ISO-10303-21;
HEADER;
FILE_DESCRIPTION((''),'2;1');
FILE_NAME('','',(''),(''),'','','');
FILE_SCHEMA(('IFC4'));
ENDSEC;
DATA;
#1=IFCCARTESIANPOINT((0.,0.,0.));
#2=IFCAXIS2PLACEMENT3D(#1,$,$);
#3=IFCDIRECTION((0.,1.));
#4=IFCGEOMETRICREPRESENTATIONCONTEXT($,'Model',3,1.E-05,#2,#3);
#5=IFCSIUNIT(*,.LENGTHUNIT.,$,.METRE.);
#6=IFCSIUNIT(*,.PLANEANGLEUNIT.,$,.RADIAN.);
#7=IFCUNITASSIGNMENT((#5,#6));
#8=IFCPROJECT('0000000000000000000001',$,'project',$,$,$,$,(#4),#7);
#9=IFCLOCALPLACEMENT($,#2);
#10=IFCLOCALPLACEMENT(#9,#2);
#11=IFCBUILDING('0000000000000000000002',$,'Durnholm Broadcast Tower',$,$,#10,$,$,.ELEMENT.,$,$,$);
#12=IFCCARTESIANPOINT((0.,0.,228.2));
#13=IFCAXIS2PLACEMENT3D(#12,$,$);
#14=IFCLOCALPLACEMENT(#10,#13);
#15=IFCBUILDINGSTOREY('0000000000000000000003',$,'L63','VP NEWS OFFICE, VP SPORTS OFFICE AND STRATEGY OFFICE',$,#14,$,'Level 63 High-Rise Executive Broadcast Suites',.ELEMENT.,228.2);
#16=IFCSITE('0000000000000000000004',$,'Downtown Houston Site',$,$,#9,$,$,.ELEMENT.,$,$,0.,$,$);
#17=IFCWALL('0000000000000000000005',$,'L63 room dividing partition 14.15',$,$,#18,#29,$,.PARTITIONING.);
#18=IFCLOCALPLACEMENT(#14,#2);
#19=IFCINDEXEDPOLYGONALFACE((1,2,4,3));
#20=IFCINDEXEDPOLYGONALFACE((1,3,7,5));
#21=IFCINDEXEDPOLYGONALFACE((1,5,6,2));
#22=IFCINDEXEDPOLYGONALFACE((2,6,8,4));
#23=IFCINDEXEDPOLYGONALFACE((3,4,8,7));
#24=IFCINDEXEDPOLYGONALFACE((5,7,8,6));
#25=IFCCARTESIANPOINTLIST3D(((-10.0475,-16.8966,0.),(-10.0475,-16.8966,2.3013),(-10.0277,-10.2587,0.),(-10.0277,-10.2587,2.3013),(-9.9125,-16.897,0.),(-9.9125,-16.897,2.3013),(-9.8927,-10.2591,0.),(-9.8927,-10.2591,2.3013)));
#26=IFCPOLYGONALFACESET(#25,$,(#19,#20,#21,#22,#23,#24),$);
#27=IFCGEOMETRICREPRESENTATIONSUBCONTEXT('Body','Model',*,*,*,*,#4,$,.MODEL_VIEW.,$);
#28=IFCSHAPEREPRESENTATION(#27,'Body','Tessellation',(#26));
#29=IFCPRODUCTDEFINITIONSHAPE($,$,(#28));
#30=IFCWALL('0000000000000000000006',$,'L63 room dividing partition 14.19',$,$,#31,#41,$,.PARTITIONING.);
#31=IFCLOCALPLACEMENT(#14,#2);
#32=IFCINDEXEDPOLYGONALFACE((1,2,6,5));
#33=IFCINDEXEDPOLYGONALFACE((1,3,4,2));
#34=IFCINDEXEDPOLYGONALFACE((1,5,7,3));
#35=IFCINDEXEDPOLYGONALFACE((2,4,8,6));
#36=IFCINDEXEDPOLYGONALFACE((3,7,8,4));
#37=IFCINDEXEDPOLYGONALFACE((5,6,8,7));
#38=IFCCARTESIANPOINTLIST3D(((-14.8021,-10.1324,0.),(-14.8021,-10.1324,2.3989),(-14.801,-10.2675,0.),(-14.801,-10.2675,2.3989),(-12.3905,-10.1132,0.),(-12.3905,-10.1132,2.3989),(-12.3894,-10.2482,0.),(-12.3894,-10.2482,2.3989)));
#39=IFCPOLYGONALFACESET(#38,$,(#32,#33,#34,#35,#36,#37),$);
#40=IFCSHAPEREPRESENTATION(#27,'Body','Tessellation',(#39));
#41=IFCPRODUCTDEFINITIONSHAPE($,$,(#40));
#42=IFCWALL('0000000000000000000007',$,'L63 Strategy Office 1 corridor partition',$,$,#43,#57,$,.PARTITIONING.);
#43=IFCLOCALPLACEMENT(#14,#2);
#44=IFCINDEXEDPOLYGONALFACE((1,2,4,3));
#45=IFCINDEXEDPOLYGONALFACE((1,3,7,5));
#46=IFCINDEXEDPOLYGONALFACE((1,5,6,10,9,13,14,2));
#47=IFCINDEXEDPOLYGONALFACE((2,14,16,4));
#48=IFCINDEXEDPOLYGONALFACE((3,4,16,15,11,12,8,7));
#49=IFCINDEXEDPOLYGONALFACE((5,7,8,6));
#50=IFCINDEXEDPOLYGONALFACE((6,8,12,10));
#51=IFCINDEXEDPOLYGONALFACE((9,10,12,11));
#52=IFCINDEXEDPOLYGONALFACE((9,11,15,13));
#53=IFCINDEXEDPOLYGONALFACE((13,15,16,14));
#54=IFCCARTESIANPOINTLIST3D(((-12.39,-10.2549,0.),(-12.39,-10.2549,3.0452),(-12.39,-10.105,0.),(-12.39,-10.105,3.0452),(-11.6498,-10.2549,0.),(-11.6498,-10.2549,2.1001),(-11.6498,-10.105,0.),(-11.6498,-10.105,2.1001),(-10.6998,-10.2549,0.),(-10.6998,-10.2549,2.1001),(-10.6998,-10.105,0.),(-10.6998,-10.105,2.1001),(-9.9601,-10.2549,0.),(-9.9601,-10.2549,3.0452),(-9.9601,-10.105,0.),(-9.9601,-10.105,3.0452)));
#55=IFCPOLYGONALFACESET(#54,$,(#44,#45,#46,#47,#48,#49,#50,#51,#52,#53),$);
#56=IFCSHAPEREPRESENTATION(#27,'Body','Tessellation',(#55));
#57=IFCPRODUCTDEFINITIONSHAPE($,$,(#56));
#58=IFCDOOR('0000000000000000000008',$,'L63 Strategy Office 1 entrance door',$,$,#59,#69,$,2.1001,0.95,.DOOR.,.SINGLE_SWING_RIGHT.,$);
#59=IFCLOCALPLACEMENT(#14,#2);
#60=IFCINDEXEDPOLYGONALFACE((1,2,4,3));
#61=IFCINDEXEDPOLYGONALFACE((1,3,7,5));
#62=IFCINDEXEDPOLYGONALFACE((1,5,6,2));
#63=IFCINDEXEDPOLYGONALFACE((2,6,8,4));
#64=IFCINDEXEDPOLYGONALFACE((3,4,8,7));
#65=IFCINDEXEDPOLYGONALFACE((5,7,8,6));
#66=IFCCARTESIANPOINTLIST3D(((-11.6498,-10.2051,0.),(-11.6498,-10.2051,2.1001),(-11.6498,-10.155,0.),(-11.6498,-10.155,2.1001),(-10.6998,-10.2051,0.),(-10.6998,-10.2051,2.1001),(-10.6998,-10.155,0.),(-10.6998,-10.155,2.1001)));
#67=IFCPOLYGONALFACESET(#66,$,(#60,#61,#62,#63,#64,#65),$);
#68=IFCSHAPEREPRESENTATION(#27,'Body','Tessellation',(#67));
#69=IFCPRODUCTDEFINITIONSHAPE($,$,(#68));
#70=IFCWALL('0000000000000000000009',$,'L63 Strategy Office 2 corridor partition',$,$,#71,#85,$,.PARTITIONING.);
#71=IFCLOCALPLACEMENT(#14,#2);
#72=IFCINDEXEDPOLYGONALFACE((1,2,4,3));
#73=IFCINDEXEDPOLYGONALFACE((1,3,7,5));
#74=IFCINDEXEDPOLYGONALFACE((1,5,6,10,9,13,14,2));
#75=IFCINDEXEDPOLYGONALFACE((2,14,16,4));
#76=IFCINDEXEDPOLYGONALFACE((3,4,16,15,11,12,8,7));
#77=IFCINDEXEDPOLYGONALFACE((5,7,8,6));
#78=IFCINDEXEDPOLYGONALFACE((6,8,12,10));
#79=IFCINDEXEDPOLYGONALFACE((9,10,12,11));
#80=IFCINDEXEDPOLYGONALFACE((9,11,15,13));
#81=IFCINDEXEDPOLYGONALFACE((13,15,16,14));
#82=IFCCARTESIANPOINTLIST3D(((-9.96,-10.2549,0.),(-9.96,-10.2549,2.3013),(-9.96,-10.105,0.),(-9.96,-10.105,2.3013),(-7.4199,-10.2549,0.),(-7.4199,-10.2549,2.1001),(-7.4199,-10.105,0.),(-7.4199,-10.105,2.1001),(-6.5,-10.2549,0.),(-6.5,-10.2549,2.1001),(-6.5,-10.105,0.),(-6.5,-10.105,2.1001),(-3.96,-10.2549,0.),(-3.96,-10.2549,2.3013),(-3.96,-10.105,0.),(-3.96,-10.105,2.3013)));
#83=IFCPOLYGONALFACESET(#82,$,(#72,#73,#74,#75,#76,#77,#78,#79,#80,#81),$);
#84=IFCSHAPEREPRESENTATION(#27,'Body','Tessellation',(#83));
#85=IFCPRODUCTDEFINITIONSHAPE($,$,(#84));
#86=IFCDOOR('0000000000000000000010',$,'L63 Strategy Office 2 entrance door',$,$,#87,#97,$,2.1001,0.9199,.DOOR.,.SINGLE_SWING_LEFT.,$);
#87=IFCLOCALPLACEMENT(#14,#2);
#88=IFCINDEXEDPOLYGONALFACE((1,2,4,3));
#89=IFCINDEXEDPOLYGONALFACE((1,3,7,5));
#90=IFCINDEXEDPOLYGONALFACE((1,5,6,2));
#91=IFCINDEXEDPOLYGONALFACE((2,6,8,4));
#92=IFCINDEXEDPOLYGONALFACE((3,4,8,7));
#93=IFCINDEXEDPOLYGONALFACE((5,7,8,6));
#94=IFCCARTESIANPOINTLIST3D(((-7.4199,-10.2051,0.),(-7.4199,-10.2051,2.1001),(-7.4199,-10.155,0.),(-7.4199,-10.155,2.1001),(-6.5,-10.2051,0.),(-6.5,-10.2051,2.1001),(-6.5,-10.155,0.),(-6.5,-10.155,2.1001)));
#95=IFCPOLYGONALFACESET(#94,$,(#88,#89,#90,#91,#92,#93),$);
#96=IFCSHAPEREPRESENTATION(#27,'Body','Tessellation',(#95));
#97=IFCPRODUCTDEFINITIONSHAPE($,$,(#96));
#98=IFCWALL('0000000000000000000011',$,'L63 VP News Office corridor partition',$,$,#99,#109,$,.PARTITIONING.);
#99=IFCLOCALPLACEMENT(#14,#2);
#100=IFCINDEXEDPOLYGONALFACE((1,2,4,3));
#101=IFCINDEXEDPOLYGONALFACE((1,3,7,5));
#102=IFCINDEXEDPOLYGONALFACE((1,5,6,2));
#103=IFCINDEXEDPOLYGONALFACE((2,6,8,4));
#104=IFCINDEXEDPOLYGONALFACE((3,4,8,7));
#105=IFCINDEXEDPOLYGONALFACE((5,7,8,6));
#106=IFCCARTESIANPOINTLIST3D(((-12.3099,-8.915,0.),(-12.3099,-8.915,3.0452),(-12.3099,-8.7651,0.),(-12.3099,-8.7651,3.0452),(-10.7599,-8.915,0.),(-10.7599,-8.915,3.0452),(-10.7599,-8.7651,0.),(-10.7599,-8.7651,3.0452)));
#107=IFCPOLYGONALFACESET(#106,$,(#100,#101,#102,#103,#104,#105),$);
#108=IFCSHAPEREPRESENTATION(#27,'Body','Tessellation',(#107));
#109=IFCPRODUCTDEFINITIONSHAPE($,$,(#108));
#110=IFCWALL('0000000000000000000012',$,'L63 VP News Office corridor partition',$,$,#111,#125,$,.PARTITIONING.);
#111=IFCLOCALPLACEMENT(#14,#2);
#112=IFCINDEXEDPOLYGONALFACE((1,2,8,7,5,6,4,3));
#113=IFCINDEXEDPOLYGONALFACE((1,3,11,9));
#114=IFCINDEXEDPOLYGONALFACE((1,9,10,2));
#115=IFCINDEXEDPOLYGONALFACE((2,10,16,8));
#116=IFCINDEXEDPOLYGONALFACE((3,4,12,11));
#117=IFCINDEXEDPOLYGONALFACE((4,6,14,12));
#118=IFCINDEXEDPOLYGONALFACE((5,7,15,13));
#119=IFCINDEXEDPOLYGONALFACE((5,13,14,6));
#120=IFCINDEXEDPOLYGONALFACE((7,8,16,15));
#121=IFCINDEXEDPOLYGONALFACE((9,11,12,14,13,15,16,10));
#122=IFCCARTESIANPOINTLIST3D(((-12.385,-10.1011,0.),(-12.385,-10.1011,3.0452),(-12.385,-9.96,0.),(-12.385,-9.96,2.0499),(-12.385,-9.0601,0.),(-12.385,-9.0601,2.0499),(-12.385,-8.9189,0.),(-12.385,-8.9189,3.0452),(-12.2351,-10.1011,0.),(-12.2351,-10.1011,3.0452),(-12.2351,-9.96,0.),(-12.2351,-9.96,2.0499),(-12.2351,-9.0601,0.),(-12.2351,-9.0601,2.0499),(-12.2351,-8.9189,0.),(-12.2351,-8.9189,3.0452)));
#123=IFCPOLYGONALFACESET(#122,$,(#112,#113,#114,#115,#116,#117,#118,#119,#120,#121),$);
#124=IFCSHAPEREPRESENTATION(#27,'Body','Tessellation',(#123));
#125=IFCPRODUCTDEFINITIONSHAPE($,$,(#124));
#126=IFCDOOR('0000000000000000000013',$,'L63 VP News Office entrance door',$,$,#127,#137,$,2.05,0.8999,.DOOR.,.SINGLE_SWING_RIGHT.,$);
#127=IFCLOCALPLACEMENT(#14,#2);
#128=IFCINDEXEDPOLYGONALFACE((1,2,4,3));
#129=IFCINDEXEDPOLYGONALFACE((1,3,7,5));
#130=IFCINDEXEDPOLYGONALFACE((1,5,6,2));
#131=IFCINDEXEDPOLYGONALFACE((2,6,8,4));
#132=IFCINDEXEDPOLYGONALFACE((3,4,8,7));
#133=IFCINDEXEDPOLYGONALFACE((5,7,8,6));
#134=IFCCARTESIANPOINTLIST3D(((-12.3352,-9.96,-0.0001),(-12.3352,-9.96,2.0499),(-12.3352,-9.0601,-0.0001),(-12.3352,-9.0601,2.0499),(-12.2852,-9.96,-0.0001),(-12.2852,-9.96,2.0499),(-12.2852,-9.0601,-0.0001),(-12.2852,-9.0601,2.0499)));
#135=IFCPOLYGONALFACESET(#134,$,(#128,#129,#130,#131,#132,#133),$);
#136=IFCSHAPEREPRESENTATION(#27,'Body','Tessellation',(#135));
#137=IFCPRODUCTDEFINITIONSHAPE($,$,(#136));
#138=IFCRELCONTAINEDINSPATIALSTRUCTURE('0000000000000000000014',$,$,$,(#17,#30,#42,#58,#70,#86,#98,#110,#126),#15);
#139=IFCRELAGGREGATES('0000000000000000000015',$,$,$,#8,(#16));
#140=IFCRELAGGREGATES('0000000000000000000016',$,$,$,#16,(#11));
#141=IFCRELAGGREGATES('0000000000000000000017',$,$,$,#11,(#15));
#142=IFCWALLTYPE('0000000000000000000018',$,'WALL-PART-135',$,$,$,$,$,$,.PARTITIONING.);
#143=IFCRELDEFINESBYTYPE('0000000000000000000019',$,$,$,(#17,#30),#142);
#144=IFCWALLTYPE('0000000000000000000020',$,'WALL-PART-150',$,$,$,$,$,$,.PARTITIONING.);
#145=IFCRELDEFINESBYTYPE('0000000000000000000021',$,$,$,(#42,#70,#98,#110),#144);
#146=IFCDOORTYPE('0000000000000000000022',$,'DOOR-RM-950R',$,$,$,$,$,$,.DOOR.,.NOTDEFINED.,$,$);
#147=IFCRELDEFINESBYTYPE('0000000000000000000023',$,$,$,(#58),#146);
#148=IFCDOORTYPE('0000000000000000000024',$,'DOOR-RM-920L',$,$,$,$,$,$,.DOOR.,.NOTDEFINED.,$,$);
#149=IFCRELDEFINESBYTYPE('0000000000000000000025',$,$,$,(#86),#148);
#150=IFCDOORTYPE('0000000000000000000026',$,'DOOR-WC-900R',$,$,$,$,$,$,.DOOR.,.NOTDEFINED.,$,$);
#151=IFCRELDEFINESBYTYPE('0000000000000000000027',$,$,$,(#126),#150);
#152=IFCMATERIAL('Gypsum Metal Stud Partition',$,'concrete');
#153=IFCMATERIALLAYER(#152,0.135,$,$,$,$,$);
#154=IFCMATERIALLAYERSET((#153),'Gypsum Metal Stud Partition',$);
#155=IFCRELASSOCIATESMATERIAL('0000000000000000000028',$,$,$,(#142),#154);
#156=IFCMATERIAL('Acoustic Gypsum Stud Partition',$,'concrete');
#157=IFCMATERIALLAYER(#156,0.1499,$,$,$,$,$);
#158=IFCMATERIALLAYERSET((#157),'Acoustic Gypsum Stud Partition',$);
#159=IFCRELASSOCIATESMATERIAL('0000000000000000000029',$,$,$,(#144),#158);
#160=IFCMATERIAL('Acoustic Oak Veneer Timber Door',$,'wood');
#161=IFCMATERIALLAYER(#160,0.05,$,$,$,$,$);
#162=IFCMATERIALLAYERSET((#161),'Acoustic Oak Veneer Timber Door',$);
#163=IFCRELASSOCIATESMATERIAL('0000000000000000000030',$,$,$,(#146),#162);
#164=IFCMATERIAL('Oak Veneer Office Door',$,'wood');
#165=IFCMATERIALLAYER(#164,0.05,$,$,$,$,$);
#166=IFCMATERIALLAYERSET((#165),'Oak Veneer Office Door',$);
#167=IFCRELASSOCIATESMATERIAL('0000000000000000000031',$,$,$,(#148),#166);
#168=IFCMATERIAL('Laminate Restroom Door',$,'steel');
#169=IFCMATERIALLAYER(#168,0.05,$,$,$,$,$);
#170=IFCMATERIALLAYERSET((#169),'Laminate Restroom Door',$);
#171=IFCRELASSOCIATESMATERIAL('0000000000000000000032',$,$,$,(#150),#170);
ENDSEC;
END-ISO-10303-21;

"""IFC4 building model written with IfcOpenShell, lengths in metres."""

from ifc_helpers import new_model, si_unit, direction, frame, frame_2d, origin, place, context, subcontext, project, spatial, rectangle, extrude, source, transform, mapped, material, layer, layer_set, type_object, type_shapes, element, fill, save


model = new_model("IFC4")

# Units and contexts
model_context = context("Model", 3, precision=1e-05, world=origin(), true_north=direction((0.0, 1.0)))
body_context = subcontext(model_context, "Body", "Model", "MODEL_VIEW")
ifc_project = project(units=[si_unit("LENGTHUNIT", "METRE"), si_unit("PLANEANGLEUNIT", "RADIAN")], contexts=[model_context])

# Site, building, storey
site_placement = place(None, origin())
site = spatial("IfcSite", under=ifc_project, at=site_placement, Name="Downtown Houston Site", CompositionType="ELEMENT", RefElevation=0.0)
building_placement = place(site_placement, origin())
building = spatial("IfcBuilding", under=site, at=building_placement, Name="Durnholm Broadcast Tower", CompositionType="ELEMENT")
storey_placement = place(building_placement, frame((0.0, 0.0, 228.2)))
storey = spatial("IfcBuildingStorey", under=building, at=storey_placement, Name="L63", Description="VP NEWS OFFICE, VP SPORTS OFFICE AND STRATEGY OFFICE", LongName="Level 63 High-Rise Executive Broadcast Suites", CompositionType="ELEMENT", Elevation=228.2)

# Walls
ifc_material_1 = material(Name="Gypsum Metal Stud Partition", Category="concrete")
ifc_layer_1 = layer(ifc_material_1, 0.135)
ifc_layer_set_1 = layer_set([ifc_layer_1], Name="Gypsum Metal Stud Partition")
wall_type_1 = type_object("IfcWallType", Name="WALL-PART-135", PredefinedType="PARTITIONING", material=ifc_layer_set_1)
wall_1_placement = place(storey_placement, frame((-9.9602, -10.259, 0.0), z_axis=(0.0, 0.0, 1.0), x_axis=(-0.002979, -0.999996, 0.0)))
element("IfcWall", 1, at=wall_1_placement, inside=storey, type_object=wall_type_1, Name="L63 room dividing partition 14.15", PredefinedType="PARTITIONING", context=body_context, shape_type="SweptSolid", body=[
    extrude(rectangle(XDim=6.6379, YDim=0.135, at=frame_2d((3.3188, 0.0))), origin(), (0.0, 0.0, 1.0), 2.3013),
])
wall_2_placement = place(storey_placement, frame((-14.8015, -10.2, 0.0), z_axis=(0.0, 0.0, 1.0), x_axis=(0.999968, 0.007997, 0.0)))
element("IfcWall", 2, at=wall_2_placement, inside=storey, type_object=wall_type_1, Name="L63 room dividing partition 14.19", PredefinedType="PARTITIONING", context=body_context, shape_type="SweptSolid", body=[
    extrude(rectangle(XDim=2.4116, YDim=0.135, at=frame_2d((1.2058, 0.0))), origin(), (0.0, 0.0, 1.0), 2.3989),
])

# Walls, openings, doors
ifc_material_2 = material(Name="Acoustic Gypsum Stud Partition", Category="concrete")
ifc_layer_2 = layer(ifc_material_2, 0.1499)
ifc_layer_set_2 = layer_set([ifc_layer_2], Name="Acoustic Gypsum Stud Partition")
wall_type_2 = type_object("IfcWallType", Name="WALL-PART-150", PredefinedType="PARTITIONING", material=ifc_layer_set_2)
wall_3_placement = place(storey_placement, frame((-12.3899, -10.1799, 0.0), z_axis=(0.0, 0.0, 1.0), x_axis=(1.0, 0.0, 0.0)))
wall_3 = element("IfcWall", 3, at=wall_3_placement, inside=storey, type_object=wall_type_2, Name="L63 Strategy Office 1 corridor partition", PredefinedType="PARTITIONING", context=body_context, shape_type="SweptSolid", body=[
    extrude(rectangle(XDim=2.4299, YDim=0.1499, at=frame_2d((1.2148, 0.0))), origin(), (0.0, 0.0, 1.0), 3.0452),
])
opening_1_placement = place(wall_3_placement, frame((0.74, 0.0, 0.0)))
opening_1 = element("IfcOpeningElement", 4, at=opening_1_placement, cuts=wall_3, PredefinedType="OPENING", context=body_context, shape_type="SweptSolid", body=[
    extrude(rectangle(XDim=0.95, YDim=2.1001, at=frame_2d((0.4751, 1.05))), frame((0.0, 0.085, 0.0), z_axis=(0.0, -1.0, 0.0), x_axis=(1.0, 0.0, 0.0)), (0.0, 0.0, 1.0), 0.1699),
])
ifc_material_3 = material(Name="Acoustic Oak Veneer Timber Door", Category="wood")
ifc_layer_3 = layer(ifc_material_3, 0.05)
ifc_layer_set_3 = layer_set([ifc_layer_3], Name="Acoustic Oak Veneer Timber Door")
door_type_1 = type_object("IfcDoorType", Name="DOOR-RM-950R", OperationType="NOTDEFINED", PredefinedType="DOOR", material=ifc_layer_set_3)
shared_shape_1 = source(origin(), body_context, "Body", "SweptSolid", [
    extrude(rectangle(XDim=0.95, YDim=2.1001, at=frame_2d((0.4751, 1.05))), frame((0.0, 0.0249, 0.0), z_axis=(0.0, -1.0, 0.0), x_axis=(1.0, 0.0, 0.0)), (0.0, 0.0, 1.0), 0.05),
])
type_shapes(door_type_1, [shared_shape_1])
door_1_placement = place(opening_1_placement, origin())
door_1 = element("IfcDoor", 5, at=door_1_placement, inside=storey, type_object=door_type_1, Name="L63 Strategy Office 1 entrance door", OperationType="SINGLE_SWING_RIGHT", OverallHeight=2.1001, OverallWidth=0.95, PredefinedType="DOOR", context=body_context, shape_type="MappedRepresentation", body=[
    mapped(shared_shape_1, transform((0.0, 0.0, 0.0), x_axis=(1.0, 0.0, 0.0), y_axis=(0.0, 1.0, 0.0), z_axis=(0.0, 0.0, 1.0), scale=1.0)),
])
fill(opening_1, door_1)
wall_4_placement = place(storey_placement, frame((-9.96, -10.1799, 0.0), z_axis=(0.0, 0.0, 1.0), x_axis=(1.0, 0.0, 0.0)))
wall_4 = element("IfcWall", 6, at=wall_4_placement, inside=storey, type_object=wall_type_2, Name="L63 Strategy Office 2 corridor partition", PredefinedType="PARTITIONING", context=body_context, shape_type="SweptSolid", body=[
    extrude(rectangle(XDim=6.0, YDim=0.1499, at=frame_2d((3.0, 0.0))), origin(), (0.0, 0.0, 1.0), 2.3013),
])
opening_2_placement = place(wall_4_placement, frame((2.54, 0.0, 0.0)))
opening_2 = element("IfcOpeningElement", 7, at=opening_2_placement, cuts=wall_4, PredefinedType="OPENING", context=body_context, shape_type="SweptSolid", body=[
    extrude(rectangle(XDim=0.9199, YDim=2.1001, at=frame_2d((0.46, 1.05))), frame((0.0, 0.085, 0.0), z_axis=(0.0, -1.0, 0.0), x_axis=(1.0, 0.0, 0.0)), (0.0, 0.0, 1.0), 0.1699),
])
ifc_material_4 = material(Name="Oak Veneer Office Door", Category="wood")
ifc_layer_4 = layer(ifc_material_4, 0.05)
ifc_layer_set_4 = layer_set([ifc_layer_4], Name="Oak Veneer Office Door")
door_type_2 = type_object("IfcDoorType", Name="DOOR-RM-920L", OperationType="NOTDEFINED", PredefinedType="DOOR", material=ifc_layer_set_4)
shared_shape_2 = source(origin(), body_context, "Body", "SweptSolid", [
    extrude(rectangle(XDim=0.9199, YDim=2.1001, at=frame_2d((0.46, 1.05))), frame((0.0, 0.0249, 0.0), z_axis=(0.0, -1.0, 0.0), x_axis=(1.0, 0.0, 0.0)), (0.0, 0.0, 1.0), 0.05),
])
type_shapes(door_type_2, [shared_shape_2])
door_2_placement = place(opening_2_placement, origin())
door_2 = element("IfcDoor", 8, at=door_2_placement, inside=storey, type_object=door_type_2, Name="L63 Strategy Office 2 entrance door", OperationType="SINGLE_SWING_LEFT", OverallHeight=2.1001, OverallWidth=0.9199, PredefinedType="DOOR", context=body_context, shape_type="MappedRepresentation", body=[
    mapped(shared_shape_2, transform((0.0, 0.0, 0.0), x_axis=(1.0, 0.0, 0.0), y_axis=(0.0, 1.0, 0.0), z_axis=(0.0, 0.0, 1.0), scale=1.0)),
])
fill(opening_2, door_2)

# Wall
wall_5_placement = place(storey_placement, frame((-10.76, -8.8401, 0.0), z_axis=(0.0, 0.0, 1.0), x_axis=(-1.0, 0.0, 0.0)))
element("IfcWall", 9, at=wall_5_placement, inside=storey, type_object=wall_type_2, Name="L63 VP News Office corridor partition", PredefinedType="PARTITIONING", context=body_context, shape_type="SweptSolid", body=[
    extrude(rectangle(XDim=1.55, YDim=0.1499, at=frame_2d((0.7749, 0.0))), origin(), (0.0, 0.0, 1.0), 3.0452),
])

# Wall, opening, door
wall_6_placement = place(storey_placement, frame((-12.3101, -8.9189, 0.0), z_axis=(0.0, 0.0, 1.0), x_axis=(0.0, -1.0, 0.0)))
wall_6 = element("IfcWall", 10, at=wall_6_placement, inside=storey, type_object=wall_type_2, Name="L63 VP News Office corridor partition", PredefinedType="PARTITIONING", context=body_context, shape_type="SweptSolid", body=[
    extrude(rectangle(XDim=1.1821, YDim=0.1499, at=frame_2d((0.5911, 0.0))), origin(), (0.0, 0.0, 1.0), 3.0452),
])
opening_3_placement = place(wall_6_placement, frame((0.1411, 0.0, 0.0)))
opening_3 = element("IfcOpeningElement", 11, at=opening_3_placement, cuts=wall_6, PredefinedType="OPENING", context=body_context, shape_type="SweptSolid", body=[
    extrude(rectangle(XDim=0.8999, YDim=2.05, at=frame_2d((0.45, 1.0249))), frame((0.0, 0.085, 0.0), z_axis=(0.0, -1.0, 0.0), x_axis=(1.0, 0.0, 0.0)), (0.0, 0.0, 1.0), 0.1699),
])
ifc_material_5 = material(Name="Laminate Restroom Door", Category="steel")
ifc_layer_5 = layer(ifc_material_5, 0.05)
ifc_layer_set_5 = layer_set([ifc_layer_5], Name="Laminate Restroom Door")
door_type_3 = type_object("IfcDoorType", Name="DOOR-WC-900R", OperationType="NOTDEFINED", PredefinedType="DOOR", material=ifc_layer_set_5)
shared_shape_3 = source(origin(), body_context, "Body", "SweptSolid", [
    extrude(rectangle(XDim=0.8999, YDim=2.05, at=frame_2d((0.45, 1.0249))), frame((0.0, 0.0249, 0.0), z_axis=(0.0, -1.0, 0.0), x_axis=(1.0, 0.0, 0.0)), (0.0, 0.0, 1.0), 0.05),
])
type_shapes(door_type_3, [shared_shape_3])
door_3_placement = place(opening_3_placement, origin())
door_3 = element("IfcDoor", 12, at=door_3_placement, inside=storey, type_object=door_type_3, Name="L63 VP News Office entrance door", OperationType="SINGLE_SWING_RIGHT", OverallHeight=2.05, OverallWidth=0.8999, PredefinedType="DOOR", context=body_context, shape_type="MappedRepresentation", body=[
    mapped(shared_shape_3, transform((0.0, 0.0, 0.0), x_axis=(1.0, 0.0, 0.0), y_axis=(0.0, 1.0, 0.0), z_axis=(0.0, 0.0, 1.0), scale=1.0)),
])
fill(opening_3, door_3)

save(model, "model.ifc")
